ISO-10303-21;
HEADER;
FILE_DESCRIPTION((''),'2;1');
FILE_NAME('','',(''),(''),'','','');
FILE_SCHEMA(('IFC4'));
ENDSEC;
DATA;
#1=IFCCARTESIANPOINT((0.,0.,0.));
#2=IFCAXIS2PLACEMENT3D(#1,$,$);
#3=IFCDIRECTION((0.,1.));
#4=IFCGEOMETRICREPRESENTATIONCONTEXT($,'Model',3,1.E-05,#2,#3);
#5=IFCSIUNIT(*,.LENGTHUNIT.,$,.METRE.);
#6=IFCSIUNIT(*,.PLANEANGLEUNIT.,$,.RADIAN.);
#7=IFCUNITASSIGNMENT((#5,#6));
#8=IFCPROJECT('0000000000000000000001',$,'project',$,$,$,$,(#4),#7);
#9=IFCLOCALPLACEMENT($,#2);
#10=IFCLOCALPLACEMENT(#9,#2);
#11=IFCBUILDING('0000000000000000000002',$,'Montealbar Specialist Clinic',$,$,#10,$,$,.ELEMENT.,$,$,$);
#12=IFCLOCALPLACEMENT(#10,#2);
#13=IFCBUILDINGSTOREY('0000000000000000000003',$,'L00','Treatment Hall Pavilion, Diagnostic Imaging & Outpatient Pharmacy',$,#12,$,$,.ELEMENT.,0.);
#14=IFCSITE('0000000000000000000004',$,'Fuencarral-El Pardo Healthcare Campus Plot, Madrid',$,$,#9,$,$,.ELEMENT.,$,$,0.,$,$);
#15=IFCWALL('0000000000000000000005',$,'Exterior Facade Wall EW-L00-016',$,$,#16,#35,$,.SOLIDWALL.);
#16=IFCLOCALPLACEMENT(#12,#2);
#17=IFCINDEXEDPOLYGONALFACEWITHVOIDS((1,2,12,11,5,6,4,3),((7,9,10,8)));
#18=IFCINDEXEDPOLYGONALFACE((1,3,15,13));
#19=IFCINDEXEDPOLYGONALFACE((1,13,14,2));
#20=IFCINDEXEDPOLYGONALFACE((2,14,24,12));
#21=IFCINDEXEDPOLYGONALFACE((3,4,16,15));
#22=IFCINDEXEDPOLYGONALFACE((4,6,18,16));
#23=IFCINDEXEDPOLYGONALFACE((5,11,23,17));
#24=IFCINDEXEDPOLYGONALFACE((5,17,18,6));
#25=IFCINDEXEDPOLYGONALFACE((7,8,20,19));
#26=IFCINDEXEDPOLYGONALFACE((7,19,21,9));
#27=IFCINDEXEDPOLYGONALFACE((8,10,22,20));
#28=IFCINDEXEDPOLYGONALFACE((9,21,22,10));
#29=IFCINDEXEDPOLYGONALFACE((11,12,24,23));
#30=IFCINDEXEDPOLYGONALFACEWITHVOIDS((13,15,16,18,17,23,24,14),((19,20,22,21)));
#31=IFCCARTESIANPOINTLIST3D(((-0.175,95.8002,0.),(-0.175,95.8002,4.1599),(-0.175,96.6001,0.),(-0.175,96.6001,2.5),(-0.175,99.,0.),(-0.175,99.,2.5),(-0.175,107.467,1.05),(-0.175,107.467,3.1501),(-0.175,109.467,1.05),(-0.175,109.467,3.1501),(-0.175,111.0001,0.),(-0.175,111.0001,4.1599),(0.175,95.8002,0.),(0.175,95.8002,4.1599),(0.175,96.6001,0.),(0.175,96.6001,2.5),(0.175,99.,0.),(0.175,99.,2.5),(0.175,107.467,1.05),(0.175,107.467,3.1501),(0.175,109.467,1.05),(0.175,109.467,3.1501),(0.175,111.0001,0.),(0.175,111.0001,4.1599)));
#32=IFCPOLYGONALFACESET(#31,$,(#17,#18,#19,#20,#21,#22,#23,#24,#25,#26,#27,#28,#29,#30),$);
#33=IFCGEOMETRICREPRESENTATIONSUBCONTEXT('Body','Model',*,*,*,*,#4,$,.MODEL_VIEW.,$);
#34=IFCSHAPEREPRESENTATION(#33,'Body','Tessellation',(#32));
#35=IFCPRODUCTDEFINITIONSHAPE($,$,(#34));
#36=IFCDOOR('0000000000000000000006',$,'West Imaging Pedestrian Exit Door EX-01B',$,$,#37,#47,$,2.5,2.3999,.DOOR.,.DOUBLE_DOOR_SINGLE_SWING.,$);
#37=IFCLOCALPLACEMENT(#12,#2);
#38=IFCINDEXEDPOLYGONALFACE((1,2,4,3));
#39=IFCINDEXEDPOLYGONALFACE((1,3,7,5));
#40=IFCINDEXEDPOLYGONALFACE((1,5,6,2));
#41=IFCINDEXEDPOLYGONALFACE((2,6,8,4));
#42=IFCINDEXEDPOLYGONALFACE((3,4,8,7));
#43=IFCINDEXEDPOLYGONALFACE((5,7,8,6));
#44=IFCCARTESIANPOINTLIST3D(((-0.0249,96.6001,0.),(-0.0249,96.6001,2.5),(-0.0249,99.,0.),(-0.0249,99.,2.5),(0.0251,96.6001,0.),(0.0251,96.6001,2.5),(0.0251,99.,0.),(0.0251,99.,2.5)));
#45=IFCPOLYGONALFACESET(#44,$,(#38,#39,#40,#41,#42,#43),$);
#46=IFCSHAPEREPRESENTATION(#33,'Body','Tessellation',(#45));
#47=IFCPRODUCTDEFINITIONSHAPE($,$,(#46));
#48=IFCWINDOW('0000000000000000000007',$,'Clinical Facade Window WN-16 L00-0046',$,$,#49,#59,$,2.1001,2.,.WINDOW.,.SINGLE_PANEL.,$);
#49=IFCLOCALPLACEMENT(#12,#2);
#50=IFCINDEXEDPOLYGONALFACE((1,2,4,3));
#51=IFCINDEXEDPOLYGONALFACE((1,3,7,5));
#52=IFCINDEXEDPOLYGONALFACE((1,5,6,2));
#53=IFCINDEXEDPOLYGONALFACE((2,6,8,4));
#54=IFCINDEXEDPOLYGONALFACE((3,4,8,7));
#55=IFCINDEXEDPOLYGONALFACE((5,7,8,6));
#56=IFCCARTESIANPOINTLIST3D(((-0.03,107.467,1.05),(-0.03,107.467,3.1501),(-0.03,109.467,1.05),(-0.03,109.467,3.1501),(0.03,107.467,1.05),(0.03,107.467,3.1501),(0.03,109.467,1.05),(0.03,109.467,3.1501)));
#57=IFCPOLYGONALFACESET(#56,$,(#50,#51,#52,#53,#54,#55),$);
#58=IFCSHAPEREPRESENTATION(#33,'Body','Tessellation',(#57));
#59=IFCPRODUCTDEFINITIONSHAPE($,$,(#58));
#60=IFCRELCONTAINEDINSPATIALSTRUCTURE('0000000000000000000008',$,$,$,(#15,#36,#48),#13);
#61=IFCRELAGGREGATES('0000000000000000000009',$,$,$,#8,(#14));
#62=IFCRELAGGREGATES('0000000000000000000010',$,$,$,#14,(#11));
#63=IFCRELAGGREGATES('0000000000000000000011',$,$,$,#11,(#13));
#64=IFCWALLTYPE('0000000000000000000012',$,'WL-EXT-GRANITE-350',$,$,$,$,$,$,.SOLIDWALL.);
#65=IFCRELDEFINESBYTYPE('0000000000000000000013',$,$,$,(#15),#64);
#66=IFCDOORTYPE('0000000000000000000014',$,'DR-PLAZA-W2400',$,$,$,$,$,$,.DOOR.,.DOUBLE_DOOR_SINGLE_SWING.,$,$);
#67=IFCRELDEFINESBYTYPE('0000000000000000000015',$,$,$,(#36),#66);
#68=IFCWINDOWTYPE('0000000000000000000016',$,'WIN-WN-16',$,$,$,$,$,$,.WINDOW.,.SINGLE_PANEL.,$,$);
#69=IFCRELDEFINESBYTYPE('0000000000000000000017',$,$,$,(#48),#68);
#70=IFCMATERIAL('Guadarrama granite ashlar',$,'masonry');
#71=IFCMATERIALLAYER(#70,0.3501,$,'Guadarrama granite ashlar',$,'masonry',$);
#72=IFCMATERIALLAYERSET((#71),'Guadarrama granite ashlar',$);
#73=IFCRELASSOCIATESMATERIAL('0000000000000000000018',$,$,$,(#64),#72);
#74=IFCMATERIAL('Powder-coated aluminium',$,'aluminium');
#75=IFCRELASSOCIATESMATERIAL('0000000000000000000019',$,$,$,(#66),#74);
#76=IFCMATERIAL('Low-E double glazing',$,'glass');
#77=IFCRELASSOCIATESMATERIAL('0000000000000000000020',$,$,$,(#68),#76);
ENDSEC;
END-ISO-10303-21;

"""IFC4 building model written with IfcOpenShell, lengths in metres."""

from ifc_helpers import new_model, si_unit, direction, frame, frame_2d, origin, place, context, subcontext, project, spatial, rectangle, extrude, material, layer, layer_set, type_object, element, fill, save


model = new_model("IFC4")

# Units and contexts
model_context = context("Model", 3, precision=1e-05, world=origin(), true_north=direction((0.0, 1.0)))
body_context = subcontext(model_context, "Body", "Model", "MODEL_VIEW")
ifc_project = project(units=[si_unit("LENGTHUNIT", "METRE"), si_unit("PLANEANGLEUNIT", "RADIAN")], contexts=[model_context])

# Site, building, storey
site_placement = place(None, origin())
site = spatial("IfcSite", under=ifc_project, at=site_placement, Name="Fuencarral-El Pardo Healthcare Campus Plot, Madrid", CompositionType="ELEMENT", RefElevation=0.0)
building_placement = place(site_placement, origin())
building = spatial("IfcBuilding", under=site, at=building_placement, Name="Montealbar Specialist Clinic", CompositionType="ELEMENT")
storey_placement = place(building_placement, origin())
storey = spatial("IfcBuildingStorey", under=building, at=storey_placement, Name="L00", Description="Treatment Hall Pavilion, Diagnostic Imaging & Outpatient Pharmacy", CompositionType="ELEMENT", Elevation=0.0)

# Shared definitions
ifc_material_1 = material(Name="Guadarrama granite ashlar", Category="masonry")

# Wall, openings, door, window
ifc_layer = layer(ifc_material_1, 0.3501, Name="Guadarrama granite ashlar", Category="masonry")
ifc_layer_set = layer_set([ifc_layer], Name="Guadarrama granite ashlar")
wall_type = type_object("IfcWallType", Name="WL-EXT-GRANITE-350", PredefinedType="SOLIDWALL", material=ifc_layer_set)
wall_placement = place(storey_placement, frame((0.0, 95.8, 0.0), z_axis=(0.0, 0.0, 1.0), x_axis=(0.0, 1.0, 0.0)))
wall = element("IfcWall", 1, at=wall_placement, inside=storey, type_object=wall_type, Name="Exterior Facade Wall EW-L00-016", PredefinedType="SOLIDWALL", context=body_context, shape_type="SweptSolid", body=[
    extrude(rectangle(XDim=15.2, YDim=0.3501, at=frame_2d((7.6001, 0.0))), origin(), (0.0, 0.0, 1.0), 4.1599),
])
opening_1_placement = place(wall_placement, frame((0.8, 0.0, 0.0)))
opening_1 = element("IfcOpeningElement", 2, at=opening_1_placement, cuts=wall, PredefinedType="OPENING", context=body_context, shape_type="SweptSolid", body=[
    extrude(rectangle(XDim=2.3999, YDim=2.5, at=frame_2d((1.2, 1.25))), frame((0.0, 0.1851, 0.0), z_axis=(0.0, -1.0, 0.0), x_axis=(1.0, 0.0, 0.0)), (0.0, 0.0, 1.0), 0.3701),
])
opening_2_placement = place(wall_placement, frame((11.667, 0.0, 1.05)))
opening_2 = element("IfcOpeningElement", 3, at=opening_2_placement, cuts=wall, PredefinedType="OPENING", context=body_context, shape_type="SweptSolid", body=[
    extrude(rectangle(XDim=2.0, YDim=2.1001, at=frame_2d((1.0, 1.05))), frame((0.0, 0.1851, 0.0), z_axis=(0.0, -1.0, 0.0), x_axis=(1.0, 0.0, 0.0)), (0.0, 0.0, 1.0), 0.3701),
])
ifc_material_2 = material(Name="Powder-coated aluminium", Category="aluminium")
door_type = type_object("IfcDoorType", Name="DR-PLAZA-W2400", OperationType="DOUBLE_DOOR_SINGLE_SWING", PredefinedType="DOOR", material=ifc_material_2)
door_placement = place(opening_1_placement, origin())
door = element("IfcDoor", 4, at=door_placement, inside=storey, type_object=door_type, Name="West Imaging Pedestrian Exit Door EX-01B", OperationType="DOUBLE_DOOR_SINGLE_SWING", OverallHeight=2.5, OverallWidth=2.3999, PredefinedType="DOOR", context=body_context, shape_type="SweptSolid", body=[
    extrude(rectangle(XDim=2.3999, YDim=2.5, at=frame_2d((1.2, 1.25))), frame((0.0, 0.0249, 0.0), z_axis=(0.0, -1.0, 0.0), x_axis=(1.0, 0.0, 0.0)), (0.0, 0.0, 1.0), 0.05),
])
fill(opening_1, door)
ifc_material_3 = material(Name="Low-E double glazing", Category="glass")
window_type = type_object("IfcWindowType", Name="WIN-WN-16", PartitioningType="SINGLE_PANEL", PredefinedType="WINDOW", material=ifc_material_3)
window_placement = place(opening_2_placement, origin())
window = element("IfcWindow", 5, at=window_placement, inside=storey, type_object=window_type, Name="Clinical Facade Window WN-16 L00-0046", OverallHeight=2.1001, OverallWidth=2.0, PartitioningType="SINGLE_PANEL", PredefinedType="WINDOW", context=body_context, shape_type="SweptSolid", body=[
    extrude(rectangle(XDim=2.0, YDim=2.1001, at=frame_2d((1.0, 1.05))), frame((0.0, 0.03, 0.0), z_axis=(0.0, -1.0, 0.0), x_axis=(1.0, 0.0, 0.0)), (0.0, 0.0, 1.0), 0.0601),
])
fill(opening_2, window)

save(model, "model.ifc")
